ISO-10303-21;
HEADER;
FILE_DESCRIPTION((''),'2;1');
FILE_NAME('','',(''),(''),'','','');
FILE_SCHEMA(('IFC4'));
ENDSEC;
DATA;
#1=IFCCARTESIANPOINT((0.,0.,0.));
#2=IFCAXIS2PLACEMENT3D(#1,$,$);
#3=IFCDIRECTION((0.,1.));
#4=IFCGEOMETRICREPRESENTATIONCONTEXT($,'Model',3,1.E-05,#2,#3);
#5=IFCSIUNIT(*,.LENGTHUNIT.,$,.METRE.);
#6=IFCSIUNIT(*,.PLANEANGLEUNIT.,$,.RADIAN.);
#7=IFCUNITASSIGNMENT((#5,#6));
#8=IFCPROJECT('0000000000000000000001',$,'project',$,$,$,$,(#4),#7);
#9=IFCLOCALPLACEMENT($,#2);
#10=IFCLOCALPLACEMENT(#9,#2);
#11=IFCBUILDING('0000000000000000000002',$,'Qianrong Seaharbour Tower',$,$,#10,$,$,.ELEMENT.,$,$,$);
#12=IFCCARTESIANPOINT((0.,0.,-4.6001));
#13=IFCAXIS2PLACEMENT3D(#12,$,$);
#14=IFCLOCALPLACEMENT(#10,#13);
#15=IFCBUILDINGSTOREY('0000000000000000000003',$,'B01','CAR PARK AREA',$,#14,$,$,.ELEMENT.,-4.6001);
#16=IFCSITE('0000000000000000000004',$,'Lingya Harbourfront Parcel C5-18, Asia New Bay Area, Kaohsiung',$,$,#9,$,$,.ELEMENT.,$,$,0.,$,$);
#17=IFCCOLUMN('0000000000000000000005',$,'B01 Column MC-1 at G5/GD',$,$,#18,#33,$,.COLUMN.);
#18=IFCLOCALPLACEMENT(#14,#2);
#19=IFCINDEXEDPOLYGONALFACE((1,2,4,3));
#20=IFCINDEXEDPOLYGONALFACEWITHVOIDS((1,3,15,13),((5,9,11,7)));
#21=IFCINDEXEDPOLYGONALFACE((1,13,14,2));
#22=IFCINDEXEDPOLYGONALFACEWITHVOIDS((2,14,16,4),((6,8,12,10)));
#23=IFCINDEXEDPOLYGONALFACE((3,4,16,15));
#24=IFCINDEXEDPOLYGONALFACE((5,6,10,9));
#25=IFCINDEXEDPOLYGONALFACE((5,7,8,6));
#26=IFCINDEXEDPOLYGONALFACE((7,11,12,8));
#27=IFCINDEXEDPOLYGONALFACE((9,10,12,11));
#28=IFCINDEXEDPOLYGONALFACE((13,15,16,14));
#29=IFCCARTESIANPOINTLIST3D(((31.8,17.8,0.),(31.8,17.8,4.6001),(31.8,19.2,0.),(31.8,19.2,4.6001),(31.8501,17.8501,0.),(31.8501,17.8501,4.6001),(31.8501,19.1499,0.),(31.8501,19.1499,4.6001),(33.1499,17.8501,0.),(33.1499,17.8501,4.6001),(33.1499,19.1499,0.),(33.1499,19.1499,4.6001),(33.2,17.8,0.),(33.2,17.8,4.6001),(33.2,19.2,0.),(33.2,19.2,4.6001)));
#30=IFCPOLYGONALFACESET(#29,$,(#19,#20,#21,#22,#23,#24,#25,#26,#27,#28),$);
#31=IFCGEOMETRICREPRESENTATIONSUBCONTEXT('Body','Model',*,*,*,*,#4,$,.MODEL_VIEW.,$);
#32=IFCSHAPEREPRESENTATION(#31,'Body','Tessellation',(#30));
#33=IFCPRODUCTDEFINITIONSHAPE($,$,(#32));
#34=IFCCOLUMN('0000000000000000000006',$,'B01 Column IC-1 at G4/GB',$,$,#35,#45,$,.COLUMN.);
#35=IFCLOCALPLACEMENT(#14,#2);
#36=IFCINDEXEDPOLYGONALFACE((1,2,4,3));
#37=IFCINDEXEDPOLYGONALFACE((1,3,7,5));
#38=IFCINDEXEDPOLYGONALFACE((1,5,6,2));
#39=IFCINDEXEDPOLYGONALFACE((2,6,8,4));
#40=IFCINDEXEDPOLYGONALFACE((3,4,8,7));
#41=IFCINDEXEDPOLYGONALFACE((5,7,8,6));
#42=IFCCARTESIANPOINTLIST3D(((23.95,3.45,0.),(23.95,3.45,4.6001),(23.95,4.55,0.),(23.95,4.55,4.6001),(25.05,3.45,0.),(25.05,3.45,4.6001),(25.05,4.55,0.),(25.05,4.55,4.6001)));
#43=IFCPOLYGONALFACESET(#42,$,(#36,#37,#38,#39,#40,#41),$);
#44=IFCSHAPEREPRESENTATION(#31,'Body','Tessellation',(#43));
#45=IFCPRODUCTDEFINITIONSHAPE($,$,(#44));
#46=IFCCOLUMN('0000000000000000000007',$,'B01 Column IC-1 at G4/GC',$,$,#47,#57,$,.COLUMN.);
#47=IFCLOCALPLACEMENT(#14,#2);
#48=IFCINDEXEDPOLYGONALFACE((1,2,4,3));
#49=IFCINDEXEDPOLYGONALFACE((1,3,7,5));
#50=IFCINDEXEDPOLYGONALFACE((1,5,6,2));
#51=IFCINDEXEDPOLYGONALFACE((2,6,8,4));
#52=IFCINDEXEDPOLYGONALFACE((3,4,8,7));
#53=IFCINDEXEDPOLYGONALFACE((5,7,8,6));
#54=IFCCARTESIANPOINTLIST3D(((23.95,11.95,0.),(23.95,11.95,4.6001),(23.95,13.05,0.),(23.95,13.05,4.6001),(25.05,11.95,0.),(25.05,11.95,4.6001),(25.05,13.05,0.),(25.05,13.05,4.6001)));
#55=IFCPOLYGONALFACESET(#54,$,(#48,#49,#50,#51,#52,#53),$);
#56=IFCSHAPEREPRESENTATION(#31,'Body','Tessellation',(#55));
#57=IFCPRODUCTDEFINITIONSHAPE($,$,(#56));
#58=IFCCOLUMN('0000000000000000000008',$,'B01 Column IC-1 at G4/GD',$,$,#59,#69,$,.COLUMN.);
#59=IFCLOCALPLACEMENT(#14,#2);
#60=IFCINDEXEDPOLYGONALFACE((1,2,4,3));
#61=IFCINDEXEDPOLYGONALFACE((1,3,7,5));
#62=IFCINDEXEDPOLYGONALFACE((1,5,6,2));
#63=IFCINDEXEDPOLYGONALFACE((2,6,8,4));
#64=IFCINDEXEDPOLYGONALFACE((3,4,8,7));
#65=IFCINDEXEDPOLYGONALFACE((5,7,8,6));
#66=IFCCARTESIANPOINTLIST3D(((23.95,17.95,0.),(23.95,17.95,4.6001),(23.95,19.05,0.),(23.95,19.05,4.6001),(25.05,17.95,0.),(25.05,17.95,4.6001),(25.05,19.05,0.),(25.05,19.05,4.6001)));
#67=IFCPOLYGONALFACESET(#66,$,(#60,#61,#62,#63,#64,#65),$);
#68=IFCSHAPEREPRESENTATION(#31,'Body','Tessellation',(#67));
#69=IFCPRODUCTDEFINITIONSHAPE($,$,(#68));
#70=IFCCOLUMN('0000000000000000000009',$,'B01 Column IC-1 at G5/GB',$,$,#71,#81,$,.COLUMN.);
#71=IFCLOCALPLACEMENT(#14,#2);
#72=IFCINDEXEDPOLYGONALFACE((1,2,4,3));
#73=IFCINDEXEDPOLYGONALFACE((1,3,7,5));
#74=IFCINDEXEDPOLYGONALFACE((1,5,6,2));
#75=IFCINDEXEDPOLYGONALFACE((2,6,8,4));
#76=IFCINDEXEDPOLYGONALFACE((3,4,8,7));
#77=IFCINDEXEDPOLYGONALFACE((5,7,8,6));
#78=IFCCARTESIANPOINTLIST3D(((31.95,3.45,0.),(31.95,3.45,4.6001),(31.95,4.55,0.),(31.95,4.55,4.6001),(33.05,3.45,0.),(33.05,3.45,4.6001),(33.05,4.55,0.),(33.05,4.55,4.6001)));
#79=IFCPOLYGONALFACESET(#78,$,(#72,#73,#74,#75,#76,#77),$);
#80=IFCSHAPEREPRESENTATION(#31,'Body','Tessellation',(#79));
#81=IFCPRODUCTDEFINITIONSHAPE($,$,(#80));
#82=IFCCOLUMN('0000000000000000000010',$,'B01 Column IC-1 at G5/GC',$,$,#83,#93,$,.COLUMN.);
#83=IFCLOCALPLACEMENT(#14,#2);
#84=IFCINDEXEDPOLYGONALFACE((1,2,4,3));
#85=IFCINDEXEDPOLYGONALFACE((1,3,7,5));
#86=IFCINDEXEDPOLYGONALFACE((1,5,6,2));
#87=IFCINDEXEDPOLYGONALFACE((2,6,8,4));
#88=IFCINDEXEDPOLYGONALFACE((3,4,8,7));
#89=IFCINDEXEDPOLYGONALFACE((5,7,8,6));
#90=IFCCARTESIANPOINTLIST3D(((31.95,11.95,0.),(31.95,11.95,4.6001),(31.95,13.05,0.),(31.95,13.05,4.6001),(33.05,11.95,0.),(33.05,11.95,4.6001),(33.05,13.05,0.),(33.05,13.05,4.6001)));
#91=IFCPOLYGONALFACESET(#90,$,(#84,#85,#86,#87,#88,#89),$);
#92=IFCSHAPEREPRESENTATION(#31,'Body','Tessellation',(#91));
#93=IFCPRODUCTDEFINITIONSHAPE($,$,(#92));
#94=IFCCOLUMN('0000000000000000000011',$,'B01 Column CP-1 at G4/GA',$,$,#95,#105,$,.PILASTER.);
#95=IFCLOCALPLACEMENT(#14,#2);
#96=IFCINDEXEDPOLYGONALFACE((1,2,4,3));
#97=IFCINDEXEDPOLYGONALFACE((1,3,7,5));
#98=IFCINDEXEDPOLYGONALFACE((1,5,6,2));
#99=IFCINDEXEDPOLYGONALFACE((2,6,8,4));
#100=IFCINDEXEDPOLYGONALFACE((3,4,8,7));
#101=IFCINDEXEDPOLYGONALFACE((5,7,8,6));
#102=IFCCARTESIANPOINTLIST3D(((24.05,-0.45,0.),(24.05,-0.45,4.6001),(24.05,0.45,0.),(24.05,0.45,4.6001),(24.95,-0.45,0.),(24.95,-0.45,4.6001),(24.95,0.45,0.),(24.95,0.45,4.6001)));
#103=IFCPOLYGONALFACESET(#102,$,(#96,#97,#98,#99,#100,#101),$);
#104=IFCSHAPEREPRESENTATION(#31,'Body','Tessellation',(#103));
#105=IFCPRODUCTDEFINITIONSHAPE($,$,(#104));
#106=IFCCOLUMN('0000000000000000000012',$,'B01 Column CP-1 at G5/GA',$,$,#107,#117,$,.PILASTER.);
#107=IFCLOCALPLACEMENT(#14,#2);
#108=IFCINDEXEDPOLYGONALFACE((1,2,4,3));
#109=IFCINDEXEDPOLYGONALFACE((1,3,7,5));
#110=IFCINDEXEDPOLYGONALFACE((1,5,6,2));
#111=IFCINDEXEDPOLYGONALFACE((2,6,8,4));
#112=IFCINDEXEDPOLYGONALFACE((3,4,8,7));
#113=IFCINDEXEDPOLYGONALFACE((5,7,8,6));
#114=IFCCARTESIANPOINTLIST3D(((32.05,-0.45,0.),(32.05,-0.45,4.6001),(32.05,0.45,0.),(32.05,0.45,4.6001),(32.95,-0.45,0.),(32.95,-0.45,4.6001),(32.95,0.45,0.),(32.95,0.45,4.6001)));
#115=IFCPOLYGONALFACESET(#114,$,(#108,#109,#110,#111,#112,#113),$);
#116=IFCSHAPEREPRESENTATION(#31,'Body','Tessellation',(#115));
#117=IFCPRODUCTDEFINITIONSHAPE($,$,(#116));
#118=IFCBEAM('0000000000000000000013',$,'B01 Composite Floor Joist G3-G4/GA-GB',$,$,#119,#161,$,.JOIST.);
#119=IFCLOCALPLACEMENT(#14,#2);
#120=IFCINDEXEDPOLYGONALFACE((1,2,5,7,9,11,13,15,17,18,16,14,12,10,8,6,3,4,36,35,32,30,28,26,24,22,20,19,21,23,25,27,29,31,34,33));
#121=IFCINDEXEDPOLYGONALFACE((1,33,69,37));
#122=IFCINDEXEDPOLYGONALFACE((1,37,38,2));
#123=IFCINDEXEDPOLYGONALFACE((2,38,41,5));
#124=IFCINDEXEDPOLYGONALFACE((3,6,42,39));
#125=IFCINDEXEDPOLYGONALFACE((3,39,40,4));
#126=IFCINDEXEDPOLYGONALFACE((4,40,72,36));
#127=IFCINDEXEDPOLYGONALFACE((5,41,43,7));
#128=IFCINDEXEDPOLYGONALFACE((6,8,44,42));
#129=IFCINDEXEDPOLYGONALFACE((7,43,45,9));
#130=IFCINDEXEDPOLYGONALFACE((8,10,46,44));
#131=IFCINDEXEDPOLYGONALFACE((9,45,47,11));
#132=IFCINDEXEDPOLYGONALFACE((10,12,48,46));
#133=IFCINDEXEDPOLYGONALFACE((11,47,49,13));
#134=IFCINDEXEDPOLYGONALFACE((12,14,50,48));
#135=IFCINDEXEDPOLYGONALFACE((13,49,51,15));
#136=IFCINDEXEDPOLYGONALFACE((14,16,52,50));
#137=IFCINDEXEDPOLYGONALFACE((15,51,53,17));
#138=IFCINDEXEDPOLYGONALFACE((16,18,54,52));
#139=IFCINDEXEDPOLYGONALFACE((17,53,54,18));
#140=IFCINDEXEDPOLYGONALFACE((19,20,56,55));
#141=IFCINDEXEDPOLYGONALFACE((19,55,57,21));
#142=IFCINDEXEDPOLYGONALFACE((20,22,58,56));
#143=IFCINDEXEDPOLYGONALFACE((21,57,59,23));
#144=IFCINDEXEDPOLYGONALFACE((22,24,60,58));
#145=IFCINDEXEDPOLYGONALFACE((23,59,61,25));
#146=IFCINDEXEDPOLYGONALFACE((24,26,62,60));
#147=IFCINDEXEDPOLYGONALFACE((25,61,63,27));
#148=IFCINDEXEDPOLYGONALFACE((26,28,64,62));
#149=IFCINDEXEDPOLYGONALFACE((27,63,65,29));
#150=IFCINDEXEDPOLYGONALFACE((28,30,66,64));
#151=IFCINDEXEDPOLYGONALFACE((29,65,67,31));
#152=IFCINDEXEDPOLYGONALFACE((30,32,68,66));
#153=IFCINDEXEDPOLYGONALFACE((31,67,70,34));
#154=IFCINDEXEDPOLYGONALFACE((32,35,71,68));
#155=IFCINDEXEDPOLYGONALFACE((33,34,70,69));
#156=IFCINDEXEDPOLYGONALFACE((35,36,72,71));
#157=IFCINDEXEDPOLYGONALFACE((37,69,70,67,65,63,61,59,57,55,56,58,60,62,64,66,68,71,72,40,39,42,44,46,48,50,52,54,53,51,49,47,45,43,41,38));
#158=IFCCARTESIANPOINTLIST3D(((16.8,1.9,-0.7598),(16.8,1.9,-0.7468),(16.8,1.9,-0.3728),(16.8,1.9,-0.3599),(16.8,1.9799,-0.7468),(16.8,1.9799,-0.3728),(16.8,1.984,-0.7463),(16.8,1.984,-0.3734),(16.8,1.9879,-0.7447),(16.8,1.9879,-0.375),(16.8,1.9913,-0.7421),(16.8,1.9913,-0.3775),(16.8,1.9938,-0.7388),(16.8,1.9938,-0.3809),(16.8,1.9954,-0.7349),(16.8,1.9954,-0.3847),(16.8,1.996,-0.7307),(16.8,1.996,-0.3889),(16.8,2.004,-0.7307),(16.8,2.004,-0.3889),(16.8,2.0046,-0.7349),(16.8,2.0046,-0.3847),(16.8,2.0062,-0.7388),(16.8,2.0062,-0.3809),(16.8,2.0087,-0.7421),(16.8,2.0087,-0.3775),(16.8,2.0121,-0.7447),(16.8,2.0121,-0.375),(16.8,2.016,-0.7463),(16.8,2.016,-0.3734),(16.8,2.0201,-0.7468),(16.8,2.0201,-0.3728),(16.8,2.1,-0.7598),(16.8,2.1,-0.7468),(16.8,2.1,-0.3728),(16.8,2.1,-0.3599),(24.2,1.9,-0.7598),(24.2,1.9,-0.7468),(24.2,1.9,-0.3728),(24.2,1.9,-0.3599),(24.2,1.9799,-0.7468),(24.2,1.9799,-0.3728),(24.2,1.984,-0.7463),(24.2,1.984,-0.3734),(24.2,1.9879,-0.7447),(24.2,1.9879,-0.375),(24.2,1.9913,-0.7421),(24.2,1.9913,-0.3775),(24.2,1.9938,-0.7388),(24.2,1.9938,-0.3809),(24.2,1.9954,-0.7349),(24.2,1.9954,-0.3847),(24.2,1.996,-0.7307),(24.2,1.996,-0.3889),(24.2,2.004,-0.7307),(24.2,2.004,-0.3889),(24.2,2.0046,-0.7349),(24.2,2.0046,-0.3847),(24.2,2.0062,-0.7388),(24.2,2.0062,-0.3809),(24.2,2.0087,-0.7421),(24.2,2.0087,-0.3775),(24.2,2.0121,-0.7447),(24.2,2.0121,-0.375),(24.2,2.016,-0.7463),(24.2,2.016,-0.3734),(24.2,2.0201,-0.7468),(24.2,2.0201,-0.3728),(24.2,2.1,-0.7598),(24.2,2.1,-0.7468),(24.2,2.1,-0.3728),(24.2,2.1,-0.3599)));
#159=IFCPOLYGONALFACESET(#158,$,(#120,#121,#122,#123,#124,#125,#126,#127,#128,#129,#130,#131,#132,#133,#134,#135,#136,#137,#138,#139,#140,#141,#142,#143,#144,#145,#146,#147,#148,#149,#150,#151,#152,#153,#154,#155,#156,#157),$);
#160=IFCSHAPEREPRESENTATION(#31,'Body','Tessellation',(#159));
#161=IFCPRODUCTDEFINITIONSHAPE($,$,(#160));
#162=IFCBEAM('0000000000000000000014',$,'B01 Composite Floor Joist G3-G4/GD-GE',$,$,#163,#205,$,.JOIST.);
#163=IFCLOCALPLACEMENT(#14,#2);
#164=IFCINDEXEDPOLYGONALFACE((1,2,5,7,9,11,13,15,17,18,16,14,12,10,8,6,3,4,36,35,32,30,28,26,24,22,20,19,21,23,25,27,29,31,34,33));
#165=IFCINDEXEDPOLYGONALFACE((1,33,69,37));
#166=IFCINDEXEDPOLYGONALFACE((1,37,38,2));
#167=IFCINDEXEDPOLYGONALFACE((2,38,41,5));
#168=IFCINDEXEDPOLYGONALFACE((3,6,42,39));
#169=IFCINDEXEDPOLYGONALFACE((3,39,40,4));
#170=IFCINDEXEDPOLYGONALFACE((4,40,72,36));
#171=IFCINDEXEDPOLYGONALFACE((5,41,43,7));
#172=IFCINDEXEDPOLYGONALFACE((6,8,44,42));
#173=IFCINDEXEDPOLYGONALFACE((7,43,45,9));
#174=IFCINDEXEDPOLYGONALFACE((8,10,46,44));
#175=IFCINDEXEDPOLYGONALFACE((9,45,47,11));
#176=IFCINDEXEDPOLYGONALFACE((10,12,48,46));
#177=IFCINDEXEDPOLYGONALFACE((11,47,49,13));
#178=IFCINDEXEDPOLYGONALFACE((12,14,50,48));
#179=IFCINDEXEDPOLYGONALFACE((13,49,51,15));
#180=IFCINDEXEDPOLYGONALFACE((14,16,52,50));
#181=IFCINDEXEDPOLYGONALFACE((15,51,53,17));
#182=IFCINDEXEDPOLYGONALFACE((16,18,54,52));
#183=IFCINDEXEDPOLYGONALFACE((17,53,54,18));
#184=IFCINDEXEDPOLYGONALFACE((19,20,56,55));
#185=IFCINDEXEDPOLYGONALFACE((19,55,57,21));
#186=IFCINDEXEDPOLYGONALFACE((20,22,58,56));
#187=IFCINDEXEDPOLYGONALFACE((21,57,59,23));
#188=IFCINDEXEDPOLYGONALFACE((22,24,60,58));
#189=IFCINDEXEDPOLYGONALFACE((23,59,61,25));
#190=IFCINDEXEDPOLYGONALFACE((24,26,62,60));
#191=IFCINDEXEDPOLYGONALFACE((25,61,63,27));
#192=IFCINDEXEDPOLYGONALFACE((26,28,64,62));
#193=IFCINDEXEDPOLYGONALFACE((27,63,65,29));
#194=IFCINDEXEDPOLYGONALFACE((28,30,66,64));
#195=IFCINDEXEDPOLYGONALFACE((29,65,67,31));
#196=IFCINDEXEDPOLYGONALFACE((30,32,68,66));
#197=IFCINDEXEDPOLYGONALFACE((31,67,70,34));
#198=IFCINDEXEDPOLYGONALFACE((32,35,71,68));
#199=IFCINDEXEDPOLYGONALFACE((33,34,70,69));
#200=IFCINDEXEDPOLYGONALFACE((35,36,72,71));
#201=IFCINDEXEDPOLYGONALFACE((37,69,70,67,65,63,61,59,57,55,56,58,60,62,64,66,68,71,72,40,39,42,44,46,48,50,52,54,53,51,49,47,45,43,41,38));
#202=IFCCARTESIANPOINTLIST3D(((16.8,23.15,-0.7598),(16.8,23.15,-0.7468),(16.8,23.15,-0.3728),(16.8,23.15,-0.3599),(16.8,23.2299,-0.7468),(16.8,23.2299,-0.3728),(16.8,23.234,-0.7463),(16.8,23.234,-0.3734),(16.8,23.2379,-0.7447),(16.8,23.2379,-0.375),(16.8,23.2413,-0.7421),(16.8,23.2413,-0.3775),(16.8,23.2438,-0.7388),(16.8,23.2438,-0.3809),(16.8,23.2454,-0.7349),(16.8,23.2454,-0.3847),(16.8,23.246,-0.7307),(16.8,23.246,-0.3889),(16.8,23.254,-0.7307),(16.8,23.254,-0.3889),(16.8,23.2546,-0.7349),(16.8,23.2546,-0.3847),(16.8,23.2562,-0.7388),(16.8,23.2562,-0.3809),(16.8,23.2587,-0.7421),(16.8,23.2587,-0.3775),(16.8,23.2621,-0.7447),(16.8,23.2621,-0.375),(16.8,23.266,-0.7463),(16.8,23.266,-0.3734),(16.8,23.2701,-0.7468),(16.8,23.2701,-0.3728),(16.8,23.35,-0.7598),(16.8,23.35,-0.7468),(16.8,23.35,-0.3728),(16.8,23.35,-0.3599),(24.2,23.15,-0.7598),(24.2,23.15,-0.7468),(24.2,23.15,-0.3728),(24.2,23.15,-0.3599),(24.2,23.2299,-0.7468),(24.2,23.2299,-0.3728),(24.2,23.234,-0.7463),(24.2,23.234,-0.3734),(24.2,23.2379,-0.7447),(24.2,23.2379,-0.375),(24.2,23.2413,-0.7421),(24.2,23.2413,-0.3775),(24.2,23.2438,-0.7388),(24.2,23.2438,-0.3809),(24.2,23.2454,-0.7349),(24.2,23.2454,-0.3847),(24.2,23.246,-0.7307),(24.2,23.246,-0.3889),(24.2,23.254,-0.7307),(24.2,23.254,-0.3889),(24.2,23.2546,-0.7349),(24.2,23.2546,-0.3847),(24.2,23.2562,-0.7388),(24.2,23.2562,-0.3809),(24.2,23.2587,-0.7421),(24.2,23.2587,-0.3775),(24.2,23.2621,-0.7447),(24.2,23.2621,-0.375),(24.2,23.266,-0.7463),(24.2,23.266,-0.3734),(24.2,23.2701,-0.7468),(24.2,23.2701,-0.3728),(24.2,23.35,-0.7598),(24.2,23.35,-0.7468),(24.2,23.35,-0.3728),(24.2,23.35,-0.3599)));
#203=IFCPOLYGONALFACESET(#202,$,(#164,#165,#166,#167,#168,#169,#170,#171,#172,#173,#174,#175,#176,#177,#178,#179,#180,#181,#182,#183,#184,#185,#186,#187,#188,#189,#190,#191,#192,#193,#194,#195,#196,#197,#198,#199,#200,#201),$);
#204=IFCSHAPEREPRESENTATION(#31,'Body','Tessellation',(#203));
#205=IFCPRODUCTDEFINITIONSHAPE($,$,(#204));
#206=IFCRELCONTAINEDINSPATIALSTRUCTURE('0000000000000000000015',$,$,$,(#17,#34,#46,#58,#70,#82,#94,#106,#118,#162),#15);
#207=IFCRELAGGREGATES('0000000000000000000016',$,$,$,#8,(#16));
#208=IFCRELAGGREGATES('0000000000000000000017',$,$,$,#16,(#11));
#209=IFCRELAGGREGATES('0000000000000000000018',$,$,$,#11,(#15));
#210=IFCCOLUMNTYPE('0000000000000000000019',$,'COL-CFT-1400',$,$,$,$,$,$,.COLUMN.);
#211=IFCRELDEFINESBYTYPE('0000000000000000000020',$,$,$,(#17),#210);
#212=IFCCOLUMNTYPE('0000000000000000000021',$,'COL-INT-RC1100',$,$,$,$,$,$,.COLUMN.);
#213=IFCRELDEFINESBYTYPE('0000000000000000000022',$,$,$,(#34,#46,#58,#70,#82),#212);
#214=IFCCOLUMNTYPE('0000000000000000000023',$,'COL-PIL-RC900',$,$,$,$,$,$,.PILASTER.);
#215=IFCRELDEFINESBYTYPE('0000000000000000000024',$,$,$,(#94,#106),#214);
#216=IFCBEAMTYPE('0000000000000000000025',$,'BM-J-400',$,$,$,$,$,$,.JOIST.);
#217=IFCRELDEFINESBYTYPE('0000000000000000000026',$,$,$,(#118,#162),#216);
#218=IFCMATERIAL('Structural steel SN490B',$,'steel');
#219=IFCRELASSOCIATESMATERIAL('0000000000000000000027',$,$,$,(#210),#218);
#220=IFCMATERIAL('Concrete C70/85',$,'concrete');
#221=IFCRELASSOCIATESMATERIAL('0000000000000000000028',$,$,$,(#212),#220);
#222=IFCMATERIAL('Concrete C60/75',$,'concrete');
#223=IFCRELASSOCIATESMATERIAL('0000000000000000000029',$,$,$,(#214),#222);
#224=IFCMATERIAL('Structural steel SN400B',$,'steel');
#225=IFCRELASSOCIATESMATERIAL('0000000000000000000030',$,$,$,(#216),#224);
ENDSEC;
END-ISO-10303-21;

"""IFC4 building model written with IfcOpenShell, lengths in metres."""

from ifc_helpers import new_model, si_unit, direction, frame, origin, origin_2d, place, context, subcontext, project, spatial, rectangle, hollow_rectangle, i_section, extrude, material, material_profile, profile_set, type_object, element, save


model = new_model("IFC4")

# Units and contexts
model_context = context("Model", 3, precision=1e-05, world=origin(), true_north=direction((0.0, 1.0)))
body_context = subcontext(model_context, "Body", "Model", "MODEL_VIEW")
ifc_project = project(units=[si_unit("LENGTHUNIT", "METRE"), si_unit("PLANEANGLEUNIT", "RADIAN")], contexts=[model_context])

# Site, building, storey
site_placement = place(None, origin())
site = spatial("IfcSite", under=ifc_project, at=site_placement, Name="Lingya Harbourfront Parcel C5-18, Asia New Bay Area, Kaohsiung", CompositionType="ELEMENT", RefElevation=0.0)
building_placement = place(site_placement, origin())
building = spatial("IfcBuilding", under=site, at=building_placement, Name="Qianrong Seaharbour Tower", CompositionType="ELEMENT")
storey_placement = place(building_placement, frame((0.0, 0.0, -4.6001)))
storey = spatial("IfcBuildingStorey", under=building, at=storey_placement, Name="B01", Description="CAR PARK AREA", CompositionType="ELEMENT", Elevation=-4.6001)

# Columns
ifc_material_1 = material(Name="Structural steel SN490B", Category="steel")
ifc_material_profile_1 = material_profile(ifc_material_1, hollow_rectangle(XDim=1.3999, YDim=1.3999, WallThickness=0.05, at=origin_2d()), Name="BOX1400x1400x50")
ifc_profile_set_1 = profile_set([ifc_material_profile_1], Name="Structural steel SN490B")
column_type_1 = type_object("IfcColumnType", Name="COL-CFT-1400", PredefinedType="COLUMN", material=ifc_profile_set_1)
column_placement = place(storey_placement, frame((32.5, 18.5, 0.0), z_axis=(0.0, 0.0, 1.0), x_axis=(1.0, 0.0, 0.0)))
element("IfcColumn", 1, at=column_placement, inside=storey, type_object=column_type_1, Name="B01 Column MC-1 at G5/GD", PredefinedType="COLUMN", context=body_context, shape_type="SweptSolid", body=[
    extrude(hollow_rectangle(XDim=1.3999, YDim=1.3999, WallThickness=0.05, at=origin_2d()), origin(), (0.0, 0.0, 1.0), 4.6001),
])
ifc_material_2 = material(Name="Concrete C70/85", Category="concrete")
ifc_material_profile_2 = material_profile(ifc_material_2, rectangle(XDim=1.1001, YDim=1.1001, at=origin_2d()), Name="RC1100x1100")
ifc_profile_set_2 = profile_set([ifc_material_profile_2], Name="Concrete C70/85")
column_type_2 = type_object("IfcColumnType", Name="COL-INT-RC1100", PredefinedType="COLUMN", material=ifc_profile_set_2)
for number, where, z_axis, x_axis, name in (
    (2, (24.5, 4.0, 0.0), (0.0, 0.0, 1.0), (1.0, 0.0, 0.0), "B01 Column IC-1 at G4/GB"),
    (3, (24.5, 12.5, 0.0), (0.0, 0.0, 1.0), (1.0, 0.0, 0.0), "B01 Column IC-1 at G4/GC"),
    (4, (24.5, 18.5, 0.0), (0.0, 0.0, 1.0), (1.0, 0.0, 0.0), "B01 Column IC-1 at G4/GD"),
    (5, (32.5, 4.0, 0.0), (0.0, 0.0, 1.0), (1.0, 0.0, 0.0), "B01 Column IC-1 at G5/GB"),
    (6, (32.5, 12.5, 0.0), (0.0, 0.0, 1.0), (1.0, 0.0, 0.0), "B01 Column IC-1 at G5/GC"),
):
    element("IfcColumn", number, at=place(storey_placement, frame(where, z_axis=z_axis, x_axis=x_axis)), inside=storey, type_object=column_type_2, Name=name, PredefinedType="COLUMN", context=body_context, shape_type="SweptSolid", body=[
        extrude(rectangle(XDim=1.1001, YDim=1.1001, at=origin_2d()), origin(), (0.0, 0.0, 1.0), 4.6001),
    ])
ifc_material_3 = material(Name="Concrete C60/75", Category="concrete")
ifc_material_profile_3 = material_profile(ifc_material_3, rectangle(XDim=0.8999, YDim=0.8999, at=origin_2d()), Name="RC900x900")
ifc_profile_set_3 = profile_set([ifc_material_profile_3], Name="Concrete C60/75")
column_type_3 = type_object("IfcColumnType", Name="COL-PIL-RC900", PredefinedType="PILASTER", material=ifc_profile_set_3)
for number, where, z_axis, x_axis, name in (
    (7, (24.5, 0.0, 0.0), (0.0, 0.0, 1.0), (1.0, 0.0, 0.0), "B01 Column CP-1 at G4/GA"),
    (8, (32.5, 0.0, 0.0), (0.0, 0.0, 1.0), (1.0, 0.0, 0.0), "B01 Column CP-1 at G5/GA"),
):
    element("IfcColumn", number, at=place(storey_placement, frame(where, z_axis=z_axis, x_axis=x_axis)), inside=storey, type_object=column_type_3, Name=name, PredefinedType="PILASTER", context=body_context, shape_type="SweptSolid", body=[
        extrude(rectangle(XDim=0.8999, YDim=0.8999, at=origin_2d()), origin(), (0.0, 0.0, 1.0), 4.6001),
    ])

# Beams
ifc_material_4 = material(Name="Structural steel SN400B", Category="steel")
ifc_material_profile_4 = material_profile(ifc_material_4, i_section(OverallWidth=0.2, OverallDepth=0.3999, WebThickness=0.0081, FlangeThickness=0.0129, FilletRadius=0.0161, at=origin_2d()), Name="H400x200x8x13")
ifc_profile_set_4 = profile_set([ifc_material_profile_4], Name="Structural steel SN400B")
beam_type_1 = type_object("IfcBeamType", Name="BM-J-400", PredefinedType="JOIST", material=ifc_profile_set_4)
for number, where, z_axis, x_axis, name in (
    (9, (16.8, 2.0, -0.5598), (1.0, 0.0, 0.0), (0.0, 1.0, 0.0), "B01 Composite Floor Joist G3-G4/GA-GB"),
    (10, (16.8, 23.25, -0.5598), (1.0, 0.0, 0.0), (0.0, 1.0, 0.0), "B01 Composite Floor Joist G3-G4/GD-GE"),
):
    element("IfcBeam", number, at=place(storey_placement, frame(where, z_axis=z_axis, x_axis=x_axis)), inside=storey, type_object=beam_type_1, Name=name, PredefinedType="JOIST", context=body_context, shape_type="SweptSolid", body=[
        extrude(i_section(OverallWidth=0.2, OverallDepth=0.3999, WebThickness=0.0081, FlangeThickness=0.0129, FilletRadius=0.0161, at=origin_2d()), origin(), (0.0, 0.0, 1.0), 7.3999),
    ])

save(model, "model.ifc")
